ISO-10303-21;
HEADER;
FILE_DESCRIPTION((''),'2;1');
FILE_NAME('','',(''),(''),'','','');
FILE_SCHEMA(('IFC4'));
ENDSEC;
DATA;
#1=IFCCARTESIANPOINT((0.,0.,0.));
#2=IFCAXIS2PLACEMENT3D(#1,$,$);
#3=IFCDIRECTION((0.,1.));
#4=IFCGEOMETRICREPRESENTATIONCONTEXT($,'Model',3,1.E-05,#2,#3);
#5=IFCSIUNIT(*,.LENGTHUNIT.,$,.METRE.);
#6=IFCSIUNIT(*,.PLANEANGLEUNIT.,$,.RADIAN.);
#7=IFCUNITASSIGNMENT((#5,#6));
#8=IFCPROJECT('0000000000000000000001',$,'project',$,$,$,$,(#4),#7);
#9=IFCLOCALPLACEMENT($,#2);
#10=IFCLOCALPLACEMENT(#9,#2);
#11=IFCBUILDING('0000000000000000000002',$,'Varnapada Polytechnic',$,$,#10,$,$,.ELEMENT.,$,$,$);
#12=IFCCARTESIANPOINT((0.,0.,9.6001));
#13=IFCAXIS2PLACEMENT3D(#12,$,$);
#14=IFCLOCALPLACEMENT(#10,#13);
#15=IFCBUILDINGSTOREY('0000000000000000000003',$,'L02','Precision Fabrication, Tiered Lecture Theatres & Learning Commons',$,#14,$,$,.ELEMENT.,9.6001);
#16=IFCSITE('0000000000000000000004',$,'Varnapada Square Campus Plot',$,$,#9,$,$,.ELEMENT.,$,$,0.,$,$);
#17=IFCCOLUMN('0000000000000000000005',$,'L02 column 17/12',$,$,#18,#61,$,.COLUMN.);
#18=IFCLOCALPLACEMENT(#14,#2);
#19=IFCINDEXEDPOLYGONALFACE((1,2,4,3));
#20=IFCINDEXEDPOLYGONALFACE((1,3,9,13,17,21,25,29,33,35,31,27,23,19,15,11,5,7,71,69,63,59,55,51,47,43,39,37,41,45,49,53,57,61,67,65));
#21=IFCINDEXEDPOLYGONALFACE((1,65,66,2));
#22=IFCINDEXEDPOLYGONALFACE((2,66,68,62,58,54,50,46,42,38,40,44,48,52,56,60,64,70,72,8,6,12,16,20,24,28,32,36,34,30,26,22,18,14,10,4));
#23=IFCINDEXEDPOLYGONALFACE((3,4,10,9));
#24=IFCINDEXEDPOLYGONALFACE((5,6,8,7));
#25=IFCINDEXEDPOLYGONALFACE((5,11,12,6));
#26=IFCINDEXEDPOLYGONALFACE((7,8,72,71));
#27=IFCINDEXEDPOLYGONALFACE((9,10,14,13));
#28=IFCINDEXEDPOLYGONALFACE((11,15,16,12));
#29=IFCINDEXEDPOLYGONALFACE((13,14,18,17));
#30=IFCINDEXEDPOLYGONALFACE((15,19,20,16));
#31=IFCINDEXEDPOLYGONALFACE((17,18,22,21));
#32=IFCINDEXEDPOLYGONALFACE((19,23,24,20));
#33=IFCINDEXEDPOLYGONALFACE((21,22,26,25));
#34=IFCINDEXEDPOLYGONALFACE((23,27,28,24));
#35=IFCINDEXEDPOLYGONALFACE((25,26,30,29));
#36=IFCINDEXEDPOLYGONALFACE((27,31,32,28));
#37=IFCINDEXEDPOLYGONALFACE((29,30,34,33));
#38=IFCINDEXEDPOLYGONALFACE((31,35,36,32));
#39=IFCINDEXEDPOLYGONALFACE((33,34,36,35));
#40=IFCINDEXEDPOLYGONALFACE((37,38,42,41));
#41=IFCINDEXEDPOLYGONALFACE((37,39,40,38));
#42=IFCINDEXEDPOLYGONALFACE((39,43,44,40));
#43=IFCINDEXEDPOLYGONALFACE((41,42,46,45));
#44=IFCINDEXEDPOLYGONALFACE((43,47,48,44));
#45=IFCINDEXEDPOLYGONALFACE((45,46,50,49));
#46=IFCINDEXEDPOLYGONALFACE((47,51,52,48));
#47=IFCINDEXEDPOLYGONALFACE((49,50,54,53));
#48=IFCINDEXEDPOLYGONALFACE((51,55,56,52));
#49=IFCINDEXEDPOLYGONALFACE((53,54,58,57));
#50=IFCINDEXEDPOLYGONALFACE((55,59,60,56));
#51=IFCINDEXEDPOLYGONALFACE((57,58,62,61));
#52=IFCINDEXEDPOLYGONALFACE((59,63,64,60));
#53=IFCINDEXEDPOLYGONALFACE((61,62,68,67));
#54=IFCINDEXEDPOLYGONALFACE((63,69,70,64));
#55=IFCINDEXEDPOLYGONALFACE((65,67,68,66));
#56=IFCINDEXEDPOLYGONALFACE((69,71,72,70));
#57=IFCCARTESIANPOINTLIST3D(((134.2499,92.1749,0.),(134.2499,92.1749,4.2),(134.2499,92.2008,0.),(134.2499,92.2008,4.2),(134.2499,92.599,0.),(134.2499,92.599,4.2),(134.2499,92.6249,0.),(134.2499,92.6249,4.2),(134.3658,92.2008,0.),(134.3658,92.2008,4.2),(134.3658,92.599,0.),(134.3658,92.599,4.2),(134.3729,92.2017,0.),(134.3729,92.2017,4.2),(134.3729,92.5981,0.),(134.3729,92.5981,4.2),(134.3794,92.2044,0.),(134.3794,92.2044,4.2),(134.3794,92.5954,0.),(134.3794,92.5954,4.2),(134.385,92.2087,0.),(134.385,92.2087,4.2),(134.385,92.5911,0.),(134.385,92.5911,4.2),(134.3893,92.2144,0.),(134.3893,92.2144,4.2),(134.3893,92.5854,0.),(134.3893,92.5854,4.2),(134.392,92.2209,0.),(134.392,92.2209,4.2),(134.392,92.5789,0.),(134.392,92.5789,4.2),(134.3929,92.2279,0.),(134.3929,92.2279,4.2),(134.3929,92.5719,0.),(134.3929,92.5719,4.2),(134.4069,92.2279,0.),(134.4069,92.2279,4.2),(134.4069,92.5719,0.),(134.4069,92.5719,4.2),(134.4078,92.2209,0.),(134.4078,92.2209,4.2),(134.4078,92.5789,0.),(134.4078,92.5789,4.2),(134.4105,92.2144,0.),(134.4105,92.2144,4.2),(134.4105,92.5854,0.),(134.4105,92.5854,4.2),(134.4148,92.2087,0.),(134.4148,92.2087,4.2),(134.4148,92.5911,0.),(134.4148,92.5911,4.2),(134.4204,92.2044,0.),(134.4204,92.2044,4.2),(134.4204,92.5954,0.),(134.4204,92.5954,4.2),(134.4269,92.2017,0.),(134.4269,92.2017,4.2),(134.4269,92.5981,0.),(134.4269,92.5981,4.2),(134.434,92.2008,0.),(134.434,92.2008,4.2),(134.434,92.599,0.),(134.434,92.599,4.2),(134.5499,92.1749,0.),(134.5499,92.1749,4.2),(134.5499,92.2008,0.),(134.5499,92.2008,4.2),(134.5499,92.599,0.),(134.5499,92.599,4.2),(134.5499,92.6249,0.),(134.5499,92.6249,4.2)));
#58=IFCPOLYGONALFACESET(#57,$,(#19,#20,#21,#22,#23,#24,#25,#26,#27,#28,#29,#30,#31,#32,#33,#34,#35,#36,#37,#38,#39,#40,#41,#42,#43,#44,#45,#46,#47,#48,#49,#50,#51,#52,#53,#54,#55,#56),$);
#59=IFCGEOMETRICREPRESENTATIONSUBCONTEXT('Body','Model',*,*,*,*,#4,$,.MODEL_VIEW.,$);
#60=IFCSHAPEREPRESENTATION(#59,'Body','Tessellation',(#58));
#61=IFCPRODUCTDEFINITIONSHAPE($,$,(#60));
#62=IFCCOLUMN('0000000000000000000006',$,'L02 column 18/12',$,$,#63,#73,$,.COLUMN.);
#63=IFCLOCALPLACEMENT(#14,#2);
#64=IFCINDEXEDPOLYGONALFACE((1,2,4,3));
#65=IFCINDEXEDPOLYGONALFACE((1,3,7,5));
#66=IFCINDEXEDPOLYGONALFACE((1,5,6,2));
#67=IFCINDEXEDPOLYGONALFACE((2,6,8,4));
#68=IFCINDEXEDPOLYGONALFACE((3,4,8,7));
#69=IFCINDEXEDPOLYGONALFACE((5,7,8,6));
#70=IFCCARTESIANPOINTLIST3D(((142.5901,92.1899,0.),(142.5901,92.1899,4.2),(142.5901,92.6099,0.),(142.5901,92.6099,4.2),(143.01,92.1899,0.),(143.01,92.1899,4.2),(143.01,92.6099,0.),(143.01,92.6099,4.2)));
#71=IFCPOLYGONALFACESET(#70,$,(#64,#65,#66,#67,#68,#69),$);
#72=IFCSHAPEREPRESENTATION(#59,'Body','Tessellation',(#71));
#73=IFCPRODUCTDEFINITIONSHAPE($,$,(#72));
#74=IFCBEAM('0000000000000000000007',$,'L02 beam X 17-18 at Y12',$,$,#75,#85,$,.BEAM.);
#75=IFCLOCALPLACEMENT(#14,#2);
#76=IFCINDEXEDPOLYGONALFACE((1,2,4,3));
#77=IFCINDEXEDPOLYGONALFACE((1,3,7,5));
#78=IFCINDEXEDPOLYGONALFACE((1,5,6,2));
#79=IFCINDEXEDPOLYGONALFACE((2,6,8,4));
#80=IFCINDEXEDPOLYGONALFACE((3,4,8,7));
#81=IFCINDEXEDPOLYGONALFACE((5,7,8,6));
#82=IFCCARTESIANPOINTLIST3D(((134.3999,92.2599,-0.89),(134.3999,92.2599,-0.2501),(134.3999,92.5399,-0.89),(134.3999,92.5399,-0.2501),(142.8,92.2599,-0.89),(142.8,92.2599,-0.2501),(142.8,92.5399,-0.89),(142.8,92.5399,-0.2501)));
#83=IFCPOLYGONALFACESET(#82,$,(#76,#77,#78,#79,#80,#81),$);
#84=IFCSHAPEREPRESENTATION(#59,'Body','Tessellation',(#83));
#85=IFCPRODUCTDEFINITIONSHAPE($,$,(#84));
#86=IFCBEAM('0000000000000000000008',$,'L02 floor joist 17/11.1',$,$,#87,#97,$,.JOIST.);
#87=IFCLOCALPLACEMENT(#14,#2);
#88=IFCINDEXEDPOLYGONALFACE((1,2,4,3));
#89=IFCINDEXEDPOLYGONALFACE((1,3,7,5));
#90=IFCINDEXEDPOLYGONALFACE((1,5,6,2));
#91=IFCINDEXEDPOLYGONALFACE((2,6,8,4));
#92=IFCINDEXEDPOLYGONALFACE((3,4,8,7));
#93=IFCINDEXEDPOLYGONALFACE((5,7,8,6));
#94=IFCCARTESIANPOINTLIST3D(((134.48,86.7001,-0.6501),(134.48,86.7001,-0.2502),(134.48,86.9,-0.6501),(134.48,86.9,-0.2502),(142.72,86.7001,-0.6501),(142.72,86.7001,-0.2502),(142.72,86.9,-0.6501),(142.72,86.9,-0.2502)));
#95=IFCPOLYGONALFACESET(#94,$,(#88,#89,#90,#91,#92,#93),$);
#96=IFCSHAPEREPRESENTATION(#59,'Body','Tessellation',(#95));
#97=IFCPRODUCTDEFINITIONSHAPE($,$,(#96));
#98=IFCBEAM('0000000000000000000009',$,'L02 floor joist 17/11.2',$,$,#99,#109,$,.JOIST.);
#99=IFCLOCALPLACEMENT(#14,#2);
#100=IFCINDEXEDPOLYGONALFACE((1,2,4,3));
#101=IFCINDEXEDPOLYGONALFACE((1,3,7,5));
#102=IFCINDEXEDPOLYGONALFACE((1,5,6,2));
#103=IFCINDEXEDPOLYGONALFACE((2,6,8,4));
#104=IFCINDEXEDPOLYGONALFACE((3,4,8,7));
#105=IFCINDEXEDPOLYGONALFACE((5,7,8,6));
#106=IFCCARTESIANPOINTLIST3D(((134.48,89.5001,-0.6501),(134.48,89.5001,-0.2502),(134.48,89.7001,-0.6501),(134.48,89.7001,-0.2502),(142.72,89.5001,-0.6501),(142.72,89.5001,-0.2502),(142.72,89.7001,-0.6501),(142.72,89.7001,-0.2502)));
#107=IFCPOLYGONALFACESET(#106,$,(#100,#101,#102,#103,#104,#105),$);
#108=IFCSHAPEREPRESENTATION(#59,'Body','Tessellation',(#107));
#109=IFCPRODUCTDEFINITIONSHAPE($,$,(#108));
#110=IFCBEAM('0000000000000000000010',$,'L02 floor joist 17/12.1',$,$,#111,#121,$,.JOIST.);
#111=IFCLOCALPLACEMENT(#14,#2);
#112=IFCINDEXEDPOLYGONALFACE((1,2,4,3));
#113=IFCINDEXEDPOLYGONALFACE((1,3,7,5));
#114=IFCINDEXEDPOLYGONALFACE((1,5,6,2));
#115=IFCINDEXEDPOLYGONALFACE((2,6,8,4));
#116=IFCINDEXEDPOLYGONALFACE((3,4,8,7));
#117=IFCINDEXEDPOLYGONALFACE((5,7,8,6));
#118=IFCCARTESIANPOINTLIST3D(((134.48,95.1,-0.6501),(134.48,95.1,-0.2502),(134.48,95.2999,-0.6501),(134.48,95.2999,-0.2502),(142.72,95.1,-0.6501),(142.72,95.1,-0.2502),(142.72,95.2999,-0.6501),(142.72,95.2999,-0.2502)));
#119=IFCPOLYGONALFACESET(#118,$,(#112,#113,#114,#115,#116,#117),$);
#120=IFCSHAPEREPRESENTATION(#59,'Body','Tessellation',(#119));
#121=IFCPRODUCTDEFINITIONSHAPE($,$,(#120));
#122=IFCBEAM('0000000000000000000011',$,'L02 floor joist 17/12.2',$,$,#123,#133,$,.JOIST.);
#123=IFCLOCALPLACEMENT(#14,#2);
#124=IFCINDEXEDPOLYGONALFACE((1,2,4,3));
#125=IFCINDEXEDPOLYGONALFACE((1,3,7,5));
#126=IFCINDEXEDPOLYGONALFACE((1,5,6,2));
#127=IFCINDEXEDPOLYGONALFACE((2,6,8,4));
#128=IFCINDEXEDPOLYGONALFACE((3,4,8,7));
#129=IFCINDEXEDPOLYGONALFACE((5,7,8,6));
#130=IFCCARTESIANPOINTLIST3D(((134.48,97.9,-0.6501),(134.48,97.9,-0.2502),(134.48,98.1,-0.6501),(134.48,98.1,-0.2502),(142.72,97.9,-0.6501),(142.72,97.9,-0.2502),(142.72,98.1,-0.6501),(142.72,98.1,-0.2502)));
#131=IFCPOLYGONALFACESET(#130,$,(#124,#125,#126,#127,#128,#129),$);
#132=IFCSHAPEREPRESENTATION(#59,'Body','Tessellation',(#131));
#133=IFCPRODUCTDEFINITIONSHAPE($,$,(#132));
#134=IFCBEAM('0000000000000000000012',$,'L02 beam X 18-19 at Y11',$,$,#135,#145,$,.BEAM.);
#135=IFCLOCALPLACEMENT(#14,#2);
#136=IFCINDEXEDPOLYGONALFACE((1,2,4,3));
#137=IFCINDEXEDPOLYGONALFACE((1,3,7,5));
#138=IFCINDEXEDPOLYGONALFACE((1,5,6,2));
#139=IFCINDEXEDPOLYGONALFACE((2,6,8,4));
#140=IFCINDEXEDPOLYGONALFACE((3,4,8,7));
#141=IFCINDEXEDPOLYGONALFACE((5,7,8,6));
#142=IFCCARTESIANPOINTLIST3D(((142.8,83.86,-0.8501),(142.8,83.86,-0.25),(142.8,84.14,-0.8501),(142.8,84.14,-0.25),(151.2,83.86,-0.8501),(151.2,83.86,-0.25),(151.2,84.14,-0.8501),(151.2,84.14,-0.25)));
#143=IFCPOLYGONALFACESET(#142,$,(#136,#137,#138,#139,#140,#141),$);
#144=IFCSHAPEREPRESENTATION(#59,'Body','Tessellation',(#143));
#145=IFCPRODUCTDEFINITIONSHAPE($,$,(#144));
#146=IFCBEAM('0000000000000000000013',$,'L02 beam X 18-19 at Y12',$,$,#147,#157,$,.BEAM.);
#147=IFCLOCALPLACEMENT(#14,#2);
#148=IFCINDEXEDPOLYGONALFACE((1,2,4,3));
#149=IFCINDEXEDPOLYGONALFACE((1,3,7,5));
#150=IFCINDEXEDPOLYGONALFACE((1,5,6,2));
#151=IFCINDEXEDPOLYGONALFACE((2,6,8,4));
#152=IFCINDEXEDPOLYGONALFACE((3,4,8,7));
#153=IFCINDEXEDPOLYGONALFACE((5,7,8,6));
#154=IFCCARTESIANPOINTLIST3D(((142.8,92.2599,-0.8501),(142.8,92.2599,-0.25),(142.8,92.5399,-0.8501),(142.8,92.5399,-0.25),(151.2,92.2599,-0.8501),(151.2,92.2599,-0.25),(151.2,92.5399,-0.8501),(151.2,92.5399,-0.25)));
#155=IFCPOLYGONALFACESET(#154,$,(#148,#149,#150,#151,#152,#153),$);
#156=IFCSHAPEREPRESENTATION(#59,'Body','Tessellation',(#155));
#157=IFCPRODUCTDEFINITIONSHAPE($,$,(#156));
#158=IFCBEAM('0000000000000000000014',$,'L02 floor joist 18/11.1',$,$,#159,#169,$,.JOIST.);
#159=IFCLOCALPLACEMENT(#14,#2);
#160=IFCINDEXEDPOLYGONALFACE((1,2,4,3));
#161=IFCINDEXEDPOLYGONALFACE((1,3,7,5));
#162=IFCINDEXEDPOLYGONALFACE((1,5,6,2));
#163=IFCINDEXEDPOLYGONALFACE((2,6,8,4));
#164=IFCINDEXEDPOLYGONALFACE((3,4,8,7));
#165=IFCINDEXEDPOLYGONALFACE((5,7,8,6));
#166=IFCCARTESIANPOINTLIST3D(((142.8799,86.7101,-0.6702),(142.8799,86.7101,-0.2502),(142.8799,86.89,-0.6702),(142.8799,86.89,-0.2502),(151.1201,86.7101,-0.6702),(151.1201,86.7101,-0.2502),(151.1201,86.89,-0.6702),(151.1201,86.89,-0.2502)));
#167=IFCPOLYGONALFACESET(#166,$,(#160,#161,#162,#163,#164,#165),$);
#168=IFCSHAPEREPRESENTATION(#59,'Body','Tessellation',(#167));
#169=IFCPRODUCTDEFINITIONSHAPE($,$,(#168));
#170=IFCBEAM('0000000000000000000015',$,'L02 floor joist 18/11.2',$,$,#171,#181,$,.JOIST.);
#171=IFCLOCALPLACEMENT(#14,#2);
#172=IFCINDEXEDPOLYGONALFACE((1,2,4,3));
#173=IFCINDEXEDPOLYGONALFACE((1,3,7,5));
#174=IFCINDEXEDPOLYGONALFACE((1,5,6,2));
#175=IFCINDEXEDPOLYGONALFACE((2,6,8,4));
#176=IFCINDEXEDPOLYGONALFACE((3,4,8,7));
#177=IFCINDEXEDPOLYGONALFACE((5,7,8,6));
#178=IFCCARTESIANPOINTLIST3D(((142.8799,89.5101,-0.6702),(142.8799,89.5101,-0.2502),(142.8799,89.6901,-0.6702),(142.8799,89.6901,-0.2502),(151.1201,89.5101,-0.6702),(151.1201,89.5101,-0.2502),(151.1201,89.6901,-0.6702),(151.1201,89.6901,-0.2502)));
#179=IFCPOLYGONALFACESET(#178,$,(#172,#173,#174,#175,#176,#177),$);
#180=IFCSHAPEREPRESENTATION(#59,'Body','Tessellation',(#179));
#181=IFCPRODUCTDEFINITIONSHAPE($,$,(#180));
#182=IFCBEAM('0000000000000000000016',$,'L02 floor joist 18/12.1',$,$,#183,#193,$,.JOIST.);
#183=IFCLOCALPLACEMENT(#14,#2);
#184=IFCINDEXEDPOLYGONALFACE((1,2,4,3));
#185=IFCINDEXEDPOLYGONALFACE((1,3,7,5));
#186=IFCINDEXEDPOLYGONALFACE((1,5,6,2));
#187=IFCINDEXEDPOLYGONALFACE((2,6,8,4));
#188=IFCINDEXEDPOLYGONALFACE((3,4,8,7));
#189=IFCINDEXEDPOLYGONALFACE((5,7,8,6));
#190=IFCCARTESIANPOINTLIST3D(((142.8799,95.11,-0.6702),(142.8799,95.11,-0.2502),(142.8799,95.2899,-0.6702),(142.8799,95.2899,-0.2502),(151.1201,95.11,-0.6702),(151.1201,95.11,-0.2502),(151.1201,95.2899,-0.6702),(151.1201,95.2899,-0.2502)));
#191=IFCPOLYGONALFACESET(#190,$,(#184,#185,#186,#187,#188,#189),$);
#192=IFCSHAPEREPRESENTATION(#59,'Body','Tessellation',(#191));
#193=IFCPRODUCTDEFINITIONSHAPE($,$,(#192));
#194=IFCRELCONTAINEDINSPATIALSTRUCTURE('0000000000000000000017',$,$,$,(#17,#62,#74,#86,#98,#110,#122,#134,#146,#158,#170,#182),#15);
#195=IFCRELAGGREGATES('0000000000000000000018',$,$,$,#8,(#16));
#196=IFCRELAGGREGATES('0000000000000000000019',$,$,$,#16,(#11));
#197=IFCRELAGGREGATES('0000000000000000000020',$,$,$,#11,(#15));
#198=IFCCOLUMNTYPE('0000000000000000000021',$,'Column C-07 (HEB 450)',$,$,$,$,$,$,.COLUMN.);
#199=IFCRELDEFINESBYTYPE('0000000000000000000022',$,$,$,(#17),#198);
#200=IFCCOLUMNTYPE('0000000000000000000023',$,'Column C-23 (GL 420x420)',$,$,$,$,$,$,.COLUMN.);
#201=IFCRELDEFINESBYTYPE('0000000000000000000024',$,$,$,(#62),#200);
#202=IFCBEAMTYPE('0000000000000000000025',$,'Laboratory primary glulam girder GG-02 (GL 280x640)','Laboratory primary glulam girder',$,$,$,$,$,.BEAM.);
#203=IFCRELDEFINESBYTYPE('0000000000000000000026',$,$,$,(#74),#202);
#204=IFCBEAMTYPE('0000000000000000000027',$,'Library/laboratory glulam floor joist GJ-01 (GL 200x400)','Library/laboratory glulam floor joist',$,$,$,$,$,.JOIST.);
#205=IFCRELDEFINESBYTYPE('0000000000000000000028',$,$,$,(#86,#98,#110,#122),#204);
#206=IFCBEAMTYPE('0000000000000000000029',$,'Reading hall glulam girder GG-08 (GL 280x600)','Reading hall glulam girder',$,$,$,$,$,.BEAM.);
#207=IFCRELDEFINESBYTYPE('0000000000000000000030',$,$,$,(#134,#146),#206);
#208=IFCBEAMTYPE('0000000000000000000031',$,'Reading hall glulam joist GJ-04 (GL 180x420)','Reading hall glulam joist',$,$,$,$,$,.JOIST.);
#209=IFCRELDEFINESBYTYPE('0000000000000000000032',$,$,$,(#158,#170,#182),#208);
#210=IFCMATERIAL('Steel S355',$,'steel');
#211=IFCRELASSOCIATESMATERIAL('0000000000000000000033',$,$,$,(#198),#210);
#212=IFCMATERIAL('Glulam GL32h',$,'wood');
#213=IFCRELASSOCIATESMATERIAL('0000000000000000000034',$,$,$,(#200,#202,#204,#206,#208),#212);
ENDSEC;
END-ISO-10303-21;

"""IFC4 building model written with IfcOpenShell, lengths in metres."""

from ifc_helpers import new_model, si_unit, direction, frame, origin, origin_2d, place, context, subcontext, project, spatial, rectangle, i_section, extrude, material, material_profile, profile_set, type_object, element, save


model = new_model("IFC4")

# Units and contexts
model_context = context("Model", 3, precision=1e-05, world=origin(), true_north=direction((0.0, 1.0)))
body_context = subcontext(model_context, "Body", "Model", "MODEL_VIEW")
ifc_project = project(units=[si_unit("LENGTHUNIT", "METRE"), si_unit("PLANEANGLEUNIT", "RADIAN")], contexts=[model_context])

# Site, building, storey
site_placement = place(None, origin())
site = spatial("IfcSite", under=ifc_project, at=site_placement, Name="Varnapada Square Campus Plot", CompositionType="ELEMENT", RefElevation=0.0)
building_placement = place(site_placement, origin())
building = spatial("IfcBuilding", under=site, at=building_placement, Name="Varnapada Polytechnic", CompositionType="ELEMENT")
storey_placement = place(building_placement, frame((0.0, 0.0, 9.6001)))
storey = spatial("IfcBuildingStorey", under=building, at=storey_placement, Name="L02", Description="Precision Fabrication, Tiered Lecture Theatres & Learning Commons", CompositionType="ELEMENT", Elevation=9.6001)

# Columns
ifc_material_1 = material(Name="Steel S355", Category="steel")
ifc_material_profile_1 = material_profile(ifc_material_1, i_section(OverallWidth=0.3, OverallDepth=0.45, WebThickness=0.0139, FlangeThickness=0.0259, FilletRadius=0.0271, at=origin_2d()), Name="HEB 450")
ifc_profile_set_1 = profile_set([ifc_material_profile_1], Name="Steel S355")
column_type_1 = type_object("IfcColumnType", Name="Column C-07 (HEB 450)", PredefinedType="COLUMN", material=ifc_profile_set_1)
column_1_placement = place(storey_placement, frame((134.3999, 92.3999, 0.0), z_axis=(0.0, 0.0, 1.0), x_axis=(1.0, 0.0, 0.0)))
element("IfcColumn", 1, at=column_1_placement, inside=storey, type_object=column_type_1, Name="L02 column 17/12", PredefinedType="COLUMN", context=body_context, shape_type="SweptSolid", body=[
    extrude(i_section(OverallWidth=0.3, OverallDepth=0.45, WebThickness=0.0139, FlangeThickness=0.0259, FilletRadius=0.0271, at=origin_2d()), origin(), (0.0, 0.0, 1.0), 4.2),
])
ifc_material_2 = material(Name="Glulam GL32h", Category="wood")
ifc_material_profile_2 = material_profile(ifc_material_2, rectangle(XDim=0.4199, YDim=0.4199, at=origin_2d()), Name="GL 420x420")
ifc_profile_set_2 = profile_set([ifc_material_profile_2], Name="Glulam GL32h")
column_type_2 = type_object("IfcColumnType", Name="Column C-23 (GL 420x420)", PredefinedType="COLUMN", material=ifc_profile_set_2)
column_2_placement = place(storey_placement, frame((142.8, 92.3999, 0.0), z_axis=(0.0, 0.0, 1.0), x_axis=(1.0, 0.0, 0.0)))
element("IfcColumn", 2, at=column_2_placement, inside=storey, type_object=column_type_2, Name="L02 column 18/12", PredefinedType="COLUMN", context=body_context, shape_type="SweptSolid", body=[
    extrude(rectangle(XDim=0.4199, YDim=0.4199, at=origin_2d()), origin(), (0.0, 0.0, 1.0), 4.2),
])

# Beams
ifc_material_profile_3 = material_profile(ifc_material_2, rectangle(XDim=0.28, YDim=0.6399, at=origin_2d()), Name="GL 280x640")
ifc_profile_set_3 = profile_set([ifc_material_profile_3], Name="Glulam GL32h")
beam_type_1 = type_object("IfcBeamType", Name="Laboratory primary glulam girder GG-02 (GL 280x640)", Description="Laboratory primary glulam girder", PredefinedType="BEAM", material=ifc_profile_set_3)
beam_1_placement = place(storey_placement, frame((134.3999, 92.3999, -0.5701), z_axis=(1.0, 0.0, 0.0), x_axis=(0.0, 1.0, 0.0)))
element("IfcBeam", 3, at=beam_1_placement, inside=storey, type_object=beam_type_1, Name="L02 beam X 17-18 at Y12", PredefinedType="BEAM", context=body_context, shape_type="SweptSolid", body=[
    extrude(rectangle(XDim=0.28, YDim=0.6399, at=origin_2d()), origin(), (0.0, 0.0, 1.0), 8.4001),
])
ifc_material_profile_4 = material_profile(ifc_material_2, rectangle(XDim=0.2, YDim=0.3999, at=origin_2d()), Name="GL 200x400")
ifc_profile_set_4 = profile_set([ifc_material_profile_4], Name="Glulam GL32h")
beam_type_2 = type_object("IfcBeamType", Name="Library/laboratory glulam floor joist GJ-01 (GL 200x400)", Description="Library/laboratory glulam floor joist", PredefinedType="JOIST", material=ifc_profile_set_4)
for number, where, z_axis, x_axis, name in (
    (4, (134.48, 86.8, -0.4502), (1.0, 0.0, 0.0), (0.0, 1.0, 0.0), "L02 floor joist 17/11.1"),
    (5, (134.48, 89.6001, -0.4502), (1.0, 0.0, 0.0), (0.0, 1.0, 0.0), "L02 floor joist 17/11.2"),
    (6, (134.48, 95.2, -0.4502), (1.0, 0.0, 0.0), (0.0, 1.0, 0.0), "L02 floor joist 17/12.1"),
    (7, (134.48, 98.0, -0.4502), (1.0, 0.0, 0.0), (0.0, 1.0, 0.0), "L02 floor joist 17/12.2"),
):
    element("IfcBeam", number, at=place(storey_placement, frame(where, z_axis=z_axis, x_axis=x_axis)), inside=storey, type_object=beam_type_2, Name=name, PredefinedType="JOIST", context=body_context, shape_type="SweptSolid", body=[
        extrude(rectangle(XDim=0.2, YDim=0.3999, at=origin_2d()), origin(), (0.0, 0.0, 1.0), 8.24),
    ])
ifc_material_profile_5 = material_profile(ifc_material_2, rectangle(XDim=0.28, YDim=0.6001, at=origin_2d()), Name="GL 280x600")
ifc_profile_set_5 = profile_set([ifc_material_profile_5], Name="Glulam GL32h")
beam_type_3 = type_object("IfcBeamType", Name="Reading hall glulam girder GG-08 (GL 280x600)", Description="Reading hall glulam girder", PredefinedType="BEAM", material=ifc_profile_set_5)
for number, where, z_axis, x_axis, name in (
    (8, (142.8, 84.0, -0.55), (1.0, 0.0, 0.0), (0.0, 1.0, 0.0), "L02 beam X 18-19 at Y11"),
    (9, (142.8, 92.3999, -0.55), (1.0, 0.0, 0.0), (0.0, 1.0, 0.0), "L02 beam X 18-19 at Y12"),
):
    element("IfcBeam", number, at=place(storey_placement, frame(where, z_axis=z_axis, x_axis=x_axis)), inside=storey, type_object=beam_type_3, Name=name, PredefinedType="BEAM", context=body_context, shape_type="SweptSolid", body=[
        extrude(rectangle(XDim=0.28, YDim=0.6001, at=origin_2d()), origin(), (0.0, 0.0, 1.0), 8.3999),
    ])
ifc_material_profile_6 = material_profile(ifc_material_2, rectangle(XDim=0.1799, YDim=0.4199, at=origin_2d()), Name="GL 180x420")
ifc_profile_set_6 = profile_set([ifc_material_profile_6], Name="Glulam GL32h")
beam_type_4 = type_object("IfcBeamType", Name="Reading hall glulam joist GJ-04 (GL 180x420)", Description="Reading hall glulam joist", PredefinedType="JOIST", material=ifc_profile_set_6)
for number, where, z_axis, x_axis, name in (
    (10, (142.8799, 86.8, -0.4602), (1.0, 0.0, 0.0), (0.0, 1.0, 0.0), "L02 floor joist 18/11.1"),
    (11, (142.8799, 89.6001, -0.4602), (1.0, 0.0, 0.0), (0.0, 1.0, 0.0), "L02 floor joist 18/11.2"),
    (12, (142.8799, 95.2, -0.4602), (1.0, 0.0, 0.0), (0.0, 1.0, 0.0), "L02 floor joist 18/12.1"),
):
    element("IfcBeam", number, at=place(storey_placement, frame(where, z_axis=z_axis, x_axis=x_axis)), inside=storey, type_object=beam_type_4, Name=name, PredefinedType="JOIST", context=body_context, shape_type="SweptSolid", body=[
        extrude(rectangle(XDim=0.1799, YDim=0.4199, at=origin_2d()), origin(), (0.0, 0.0, 1.0), 8.2402),
    ])

save(model, "model.ifc")
